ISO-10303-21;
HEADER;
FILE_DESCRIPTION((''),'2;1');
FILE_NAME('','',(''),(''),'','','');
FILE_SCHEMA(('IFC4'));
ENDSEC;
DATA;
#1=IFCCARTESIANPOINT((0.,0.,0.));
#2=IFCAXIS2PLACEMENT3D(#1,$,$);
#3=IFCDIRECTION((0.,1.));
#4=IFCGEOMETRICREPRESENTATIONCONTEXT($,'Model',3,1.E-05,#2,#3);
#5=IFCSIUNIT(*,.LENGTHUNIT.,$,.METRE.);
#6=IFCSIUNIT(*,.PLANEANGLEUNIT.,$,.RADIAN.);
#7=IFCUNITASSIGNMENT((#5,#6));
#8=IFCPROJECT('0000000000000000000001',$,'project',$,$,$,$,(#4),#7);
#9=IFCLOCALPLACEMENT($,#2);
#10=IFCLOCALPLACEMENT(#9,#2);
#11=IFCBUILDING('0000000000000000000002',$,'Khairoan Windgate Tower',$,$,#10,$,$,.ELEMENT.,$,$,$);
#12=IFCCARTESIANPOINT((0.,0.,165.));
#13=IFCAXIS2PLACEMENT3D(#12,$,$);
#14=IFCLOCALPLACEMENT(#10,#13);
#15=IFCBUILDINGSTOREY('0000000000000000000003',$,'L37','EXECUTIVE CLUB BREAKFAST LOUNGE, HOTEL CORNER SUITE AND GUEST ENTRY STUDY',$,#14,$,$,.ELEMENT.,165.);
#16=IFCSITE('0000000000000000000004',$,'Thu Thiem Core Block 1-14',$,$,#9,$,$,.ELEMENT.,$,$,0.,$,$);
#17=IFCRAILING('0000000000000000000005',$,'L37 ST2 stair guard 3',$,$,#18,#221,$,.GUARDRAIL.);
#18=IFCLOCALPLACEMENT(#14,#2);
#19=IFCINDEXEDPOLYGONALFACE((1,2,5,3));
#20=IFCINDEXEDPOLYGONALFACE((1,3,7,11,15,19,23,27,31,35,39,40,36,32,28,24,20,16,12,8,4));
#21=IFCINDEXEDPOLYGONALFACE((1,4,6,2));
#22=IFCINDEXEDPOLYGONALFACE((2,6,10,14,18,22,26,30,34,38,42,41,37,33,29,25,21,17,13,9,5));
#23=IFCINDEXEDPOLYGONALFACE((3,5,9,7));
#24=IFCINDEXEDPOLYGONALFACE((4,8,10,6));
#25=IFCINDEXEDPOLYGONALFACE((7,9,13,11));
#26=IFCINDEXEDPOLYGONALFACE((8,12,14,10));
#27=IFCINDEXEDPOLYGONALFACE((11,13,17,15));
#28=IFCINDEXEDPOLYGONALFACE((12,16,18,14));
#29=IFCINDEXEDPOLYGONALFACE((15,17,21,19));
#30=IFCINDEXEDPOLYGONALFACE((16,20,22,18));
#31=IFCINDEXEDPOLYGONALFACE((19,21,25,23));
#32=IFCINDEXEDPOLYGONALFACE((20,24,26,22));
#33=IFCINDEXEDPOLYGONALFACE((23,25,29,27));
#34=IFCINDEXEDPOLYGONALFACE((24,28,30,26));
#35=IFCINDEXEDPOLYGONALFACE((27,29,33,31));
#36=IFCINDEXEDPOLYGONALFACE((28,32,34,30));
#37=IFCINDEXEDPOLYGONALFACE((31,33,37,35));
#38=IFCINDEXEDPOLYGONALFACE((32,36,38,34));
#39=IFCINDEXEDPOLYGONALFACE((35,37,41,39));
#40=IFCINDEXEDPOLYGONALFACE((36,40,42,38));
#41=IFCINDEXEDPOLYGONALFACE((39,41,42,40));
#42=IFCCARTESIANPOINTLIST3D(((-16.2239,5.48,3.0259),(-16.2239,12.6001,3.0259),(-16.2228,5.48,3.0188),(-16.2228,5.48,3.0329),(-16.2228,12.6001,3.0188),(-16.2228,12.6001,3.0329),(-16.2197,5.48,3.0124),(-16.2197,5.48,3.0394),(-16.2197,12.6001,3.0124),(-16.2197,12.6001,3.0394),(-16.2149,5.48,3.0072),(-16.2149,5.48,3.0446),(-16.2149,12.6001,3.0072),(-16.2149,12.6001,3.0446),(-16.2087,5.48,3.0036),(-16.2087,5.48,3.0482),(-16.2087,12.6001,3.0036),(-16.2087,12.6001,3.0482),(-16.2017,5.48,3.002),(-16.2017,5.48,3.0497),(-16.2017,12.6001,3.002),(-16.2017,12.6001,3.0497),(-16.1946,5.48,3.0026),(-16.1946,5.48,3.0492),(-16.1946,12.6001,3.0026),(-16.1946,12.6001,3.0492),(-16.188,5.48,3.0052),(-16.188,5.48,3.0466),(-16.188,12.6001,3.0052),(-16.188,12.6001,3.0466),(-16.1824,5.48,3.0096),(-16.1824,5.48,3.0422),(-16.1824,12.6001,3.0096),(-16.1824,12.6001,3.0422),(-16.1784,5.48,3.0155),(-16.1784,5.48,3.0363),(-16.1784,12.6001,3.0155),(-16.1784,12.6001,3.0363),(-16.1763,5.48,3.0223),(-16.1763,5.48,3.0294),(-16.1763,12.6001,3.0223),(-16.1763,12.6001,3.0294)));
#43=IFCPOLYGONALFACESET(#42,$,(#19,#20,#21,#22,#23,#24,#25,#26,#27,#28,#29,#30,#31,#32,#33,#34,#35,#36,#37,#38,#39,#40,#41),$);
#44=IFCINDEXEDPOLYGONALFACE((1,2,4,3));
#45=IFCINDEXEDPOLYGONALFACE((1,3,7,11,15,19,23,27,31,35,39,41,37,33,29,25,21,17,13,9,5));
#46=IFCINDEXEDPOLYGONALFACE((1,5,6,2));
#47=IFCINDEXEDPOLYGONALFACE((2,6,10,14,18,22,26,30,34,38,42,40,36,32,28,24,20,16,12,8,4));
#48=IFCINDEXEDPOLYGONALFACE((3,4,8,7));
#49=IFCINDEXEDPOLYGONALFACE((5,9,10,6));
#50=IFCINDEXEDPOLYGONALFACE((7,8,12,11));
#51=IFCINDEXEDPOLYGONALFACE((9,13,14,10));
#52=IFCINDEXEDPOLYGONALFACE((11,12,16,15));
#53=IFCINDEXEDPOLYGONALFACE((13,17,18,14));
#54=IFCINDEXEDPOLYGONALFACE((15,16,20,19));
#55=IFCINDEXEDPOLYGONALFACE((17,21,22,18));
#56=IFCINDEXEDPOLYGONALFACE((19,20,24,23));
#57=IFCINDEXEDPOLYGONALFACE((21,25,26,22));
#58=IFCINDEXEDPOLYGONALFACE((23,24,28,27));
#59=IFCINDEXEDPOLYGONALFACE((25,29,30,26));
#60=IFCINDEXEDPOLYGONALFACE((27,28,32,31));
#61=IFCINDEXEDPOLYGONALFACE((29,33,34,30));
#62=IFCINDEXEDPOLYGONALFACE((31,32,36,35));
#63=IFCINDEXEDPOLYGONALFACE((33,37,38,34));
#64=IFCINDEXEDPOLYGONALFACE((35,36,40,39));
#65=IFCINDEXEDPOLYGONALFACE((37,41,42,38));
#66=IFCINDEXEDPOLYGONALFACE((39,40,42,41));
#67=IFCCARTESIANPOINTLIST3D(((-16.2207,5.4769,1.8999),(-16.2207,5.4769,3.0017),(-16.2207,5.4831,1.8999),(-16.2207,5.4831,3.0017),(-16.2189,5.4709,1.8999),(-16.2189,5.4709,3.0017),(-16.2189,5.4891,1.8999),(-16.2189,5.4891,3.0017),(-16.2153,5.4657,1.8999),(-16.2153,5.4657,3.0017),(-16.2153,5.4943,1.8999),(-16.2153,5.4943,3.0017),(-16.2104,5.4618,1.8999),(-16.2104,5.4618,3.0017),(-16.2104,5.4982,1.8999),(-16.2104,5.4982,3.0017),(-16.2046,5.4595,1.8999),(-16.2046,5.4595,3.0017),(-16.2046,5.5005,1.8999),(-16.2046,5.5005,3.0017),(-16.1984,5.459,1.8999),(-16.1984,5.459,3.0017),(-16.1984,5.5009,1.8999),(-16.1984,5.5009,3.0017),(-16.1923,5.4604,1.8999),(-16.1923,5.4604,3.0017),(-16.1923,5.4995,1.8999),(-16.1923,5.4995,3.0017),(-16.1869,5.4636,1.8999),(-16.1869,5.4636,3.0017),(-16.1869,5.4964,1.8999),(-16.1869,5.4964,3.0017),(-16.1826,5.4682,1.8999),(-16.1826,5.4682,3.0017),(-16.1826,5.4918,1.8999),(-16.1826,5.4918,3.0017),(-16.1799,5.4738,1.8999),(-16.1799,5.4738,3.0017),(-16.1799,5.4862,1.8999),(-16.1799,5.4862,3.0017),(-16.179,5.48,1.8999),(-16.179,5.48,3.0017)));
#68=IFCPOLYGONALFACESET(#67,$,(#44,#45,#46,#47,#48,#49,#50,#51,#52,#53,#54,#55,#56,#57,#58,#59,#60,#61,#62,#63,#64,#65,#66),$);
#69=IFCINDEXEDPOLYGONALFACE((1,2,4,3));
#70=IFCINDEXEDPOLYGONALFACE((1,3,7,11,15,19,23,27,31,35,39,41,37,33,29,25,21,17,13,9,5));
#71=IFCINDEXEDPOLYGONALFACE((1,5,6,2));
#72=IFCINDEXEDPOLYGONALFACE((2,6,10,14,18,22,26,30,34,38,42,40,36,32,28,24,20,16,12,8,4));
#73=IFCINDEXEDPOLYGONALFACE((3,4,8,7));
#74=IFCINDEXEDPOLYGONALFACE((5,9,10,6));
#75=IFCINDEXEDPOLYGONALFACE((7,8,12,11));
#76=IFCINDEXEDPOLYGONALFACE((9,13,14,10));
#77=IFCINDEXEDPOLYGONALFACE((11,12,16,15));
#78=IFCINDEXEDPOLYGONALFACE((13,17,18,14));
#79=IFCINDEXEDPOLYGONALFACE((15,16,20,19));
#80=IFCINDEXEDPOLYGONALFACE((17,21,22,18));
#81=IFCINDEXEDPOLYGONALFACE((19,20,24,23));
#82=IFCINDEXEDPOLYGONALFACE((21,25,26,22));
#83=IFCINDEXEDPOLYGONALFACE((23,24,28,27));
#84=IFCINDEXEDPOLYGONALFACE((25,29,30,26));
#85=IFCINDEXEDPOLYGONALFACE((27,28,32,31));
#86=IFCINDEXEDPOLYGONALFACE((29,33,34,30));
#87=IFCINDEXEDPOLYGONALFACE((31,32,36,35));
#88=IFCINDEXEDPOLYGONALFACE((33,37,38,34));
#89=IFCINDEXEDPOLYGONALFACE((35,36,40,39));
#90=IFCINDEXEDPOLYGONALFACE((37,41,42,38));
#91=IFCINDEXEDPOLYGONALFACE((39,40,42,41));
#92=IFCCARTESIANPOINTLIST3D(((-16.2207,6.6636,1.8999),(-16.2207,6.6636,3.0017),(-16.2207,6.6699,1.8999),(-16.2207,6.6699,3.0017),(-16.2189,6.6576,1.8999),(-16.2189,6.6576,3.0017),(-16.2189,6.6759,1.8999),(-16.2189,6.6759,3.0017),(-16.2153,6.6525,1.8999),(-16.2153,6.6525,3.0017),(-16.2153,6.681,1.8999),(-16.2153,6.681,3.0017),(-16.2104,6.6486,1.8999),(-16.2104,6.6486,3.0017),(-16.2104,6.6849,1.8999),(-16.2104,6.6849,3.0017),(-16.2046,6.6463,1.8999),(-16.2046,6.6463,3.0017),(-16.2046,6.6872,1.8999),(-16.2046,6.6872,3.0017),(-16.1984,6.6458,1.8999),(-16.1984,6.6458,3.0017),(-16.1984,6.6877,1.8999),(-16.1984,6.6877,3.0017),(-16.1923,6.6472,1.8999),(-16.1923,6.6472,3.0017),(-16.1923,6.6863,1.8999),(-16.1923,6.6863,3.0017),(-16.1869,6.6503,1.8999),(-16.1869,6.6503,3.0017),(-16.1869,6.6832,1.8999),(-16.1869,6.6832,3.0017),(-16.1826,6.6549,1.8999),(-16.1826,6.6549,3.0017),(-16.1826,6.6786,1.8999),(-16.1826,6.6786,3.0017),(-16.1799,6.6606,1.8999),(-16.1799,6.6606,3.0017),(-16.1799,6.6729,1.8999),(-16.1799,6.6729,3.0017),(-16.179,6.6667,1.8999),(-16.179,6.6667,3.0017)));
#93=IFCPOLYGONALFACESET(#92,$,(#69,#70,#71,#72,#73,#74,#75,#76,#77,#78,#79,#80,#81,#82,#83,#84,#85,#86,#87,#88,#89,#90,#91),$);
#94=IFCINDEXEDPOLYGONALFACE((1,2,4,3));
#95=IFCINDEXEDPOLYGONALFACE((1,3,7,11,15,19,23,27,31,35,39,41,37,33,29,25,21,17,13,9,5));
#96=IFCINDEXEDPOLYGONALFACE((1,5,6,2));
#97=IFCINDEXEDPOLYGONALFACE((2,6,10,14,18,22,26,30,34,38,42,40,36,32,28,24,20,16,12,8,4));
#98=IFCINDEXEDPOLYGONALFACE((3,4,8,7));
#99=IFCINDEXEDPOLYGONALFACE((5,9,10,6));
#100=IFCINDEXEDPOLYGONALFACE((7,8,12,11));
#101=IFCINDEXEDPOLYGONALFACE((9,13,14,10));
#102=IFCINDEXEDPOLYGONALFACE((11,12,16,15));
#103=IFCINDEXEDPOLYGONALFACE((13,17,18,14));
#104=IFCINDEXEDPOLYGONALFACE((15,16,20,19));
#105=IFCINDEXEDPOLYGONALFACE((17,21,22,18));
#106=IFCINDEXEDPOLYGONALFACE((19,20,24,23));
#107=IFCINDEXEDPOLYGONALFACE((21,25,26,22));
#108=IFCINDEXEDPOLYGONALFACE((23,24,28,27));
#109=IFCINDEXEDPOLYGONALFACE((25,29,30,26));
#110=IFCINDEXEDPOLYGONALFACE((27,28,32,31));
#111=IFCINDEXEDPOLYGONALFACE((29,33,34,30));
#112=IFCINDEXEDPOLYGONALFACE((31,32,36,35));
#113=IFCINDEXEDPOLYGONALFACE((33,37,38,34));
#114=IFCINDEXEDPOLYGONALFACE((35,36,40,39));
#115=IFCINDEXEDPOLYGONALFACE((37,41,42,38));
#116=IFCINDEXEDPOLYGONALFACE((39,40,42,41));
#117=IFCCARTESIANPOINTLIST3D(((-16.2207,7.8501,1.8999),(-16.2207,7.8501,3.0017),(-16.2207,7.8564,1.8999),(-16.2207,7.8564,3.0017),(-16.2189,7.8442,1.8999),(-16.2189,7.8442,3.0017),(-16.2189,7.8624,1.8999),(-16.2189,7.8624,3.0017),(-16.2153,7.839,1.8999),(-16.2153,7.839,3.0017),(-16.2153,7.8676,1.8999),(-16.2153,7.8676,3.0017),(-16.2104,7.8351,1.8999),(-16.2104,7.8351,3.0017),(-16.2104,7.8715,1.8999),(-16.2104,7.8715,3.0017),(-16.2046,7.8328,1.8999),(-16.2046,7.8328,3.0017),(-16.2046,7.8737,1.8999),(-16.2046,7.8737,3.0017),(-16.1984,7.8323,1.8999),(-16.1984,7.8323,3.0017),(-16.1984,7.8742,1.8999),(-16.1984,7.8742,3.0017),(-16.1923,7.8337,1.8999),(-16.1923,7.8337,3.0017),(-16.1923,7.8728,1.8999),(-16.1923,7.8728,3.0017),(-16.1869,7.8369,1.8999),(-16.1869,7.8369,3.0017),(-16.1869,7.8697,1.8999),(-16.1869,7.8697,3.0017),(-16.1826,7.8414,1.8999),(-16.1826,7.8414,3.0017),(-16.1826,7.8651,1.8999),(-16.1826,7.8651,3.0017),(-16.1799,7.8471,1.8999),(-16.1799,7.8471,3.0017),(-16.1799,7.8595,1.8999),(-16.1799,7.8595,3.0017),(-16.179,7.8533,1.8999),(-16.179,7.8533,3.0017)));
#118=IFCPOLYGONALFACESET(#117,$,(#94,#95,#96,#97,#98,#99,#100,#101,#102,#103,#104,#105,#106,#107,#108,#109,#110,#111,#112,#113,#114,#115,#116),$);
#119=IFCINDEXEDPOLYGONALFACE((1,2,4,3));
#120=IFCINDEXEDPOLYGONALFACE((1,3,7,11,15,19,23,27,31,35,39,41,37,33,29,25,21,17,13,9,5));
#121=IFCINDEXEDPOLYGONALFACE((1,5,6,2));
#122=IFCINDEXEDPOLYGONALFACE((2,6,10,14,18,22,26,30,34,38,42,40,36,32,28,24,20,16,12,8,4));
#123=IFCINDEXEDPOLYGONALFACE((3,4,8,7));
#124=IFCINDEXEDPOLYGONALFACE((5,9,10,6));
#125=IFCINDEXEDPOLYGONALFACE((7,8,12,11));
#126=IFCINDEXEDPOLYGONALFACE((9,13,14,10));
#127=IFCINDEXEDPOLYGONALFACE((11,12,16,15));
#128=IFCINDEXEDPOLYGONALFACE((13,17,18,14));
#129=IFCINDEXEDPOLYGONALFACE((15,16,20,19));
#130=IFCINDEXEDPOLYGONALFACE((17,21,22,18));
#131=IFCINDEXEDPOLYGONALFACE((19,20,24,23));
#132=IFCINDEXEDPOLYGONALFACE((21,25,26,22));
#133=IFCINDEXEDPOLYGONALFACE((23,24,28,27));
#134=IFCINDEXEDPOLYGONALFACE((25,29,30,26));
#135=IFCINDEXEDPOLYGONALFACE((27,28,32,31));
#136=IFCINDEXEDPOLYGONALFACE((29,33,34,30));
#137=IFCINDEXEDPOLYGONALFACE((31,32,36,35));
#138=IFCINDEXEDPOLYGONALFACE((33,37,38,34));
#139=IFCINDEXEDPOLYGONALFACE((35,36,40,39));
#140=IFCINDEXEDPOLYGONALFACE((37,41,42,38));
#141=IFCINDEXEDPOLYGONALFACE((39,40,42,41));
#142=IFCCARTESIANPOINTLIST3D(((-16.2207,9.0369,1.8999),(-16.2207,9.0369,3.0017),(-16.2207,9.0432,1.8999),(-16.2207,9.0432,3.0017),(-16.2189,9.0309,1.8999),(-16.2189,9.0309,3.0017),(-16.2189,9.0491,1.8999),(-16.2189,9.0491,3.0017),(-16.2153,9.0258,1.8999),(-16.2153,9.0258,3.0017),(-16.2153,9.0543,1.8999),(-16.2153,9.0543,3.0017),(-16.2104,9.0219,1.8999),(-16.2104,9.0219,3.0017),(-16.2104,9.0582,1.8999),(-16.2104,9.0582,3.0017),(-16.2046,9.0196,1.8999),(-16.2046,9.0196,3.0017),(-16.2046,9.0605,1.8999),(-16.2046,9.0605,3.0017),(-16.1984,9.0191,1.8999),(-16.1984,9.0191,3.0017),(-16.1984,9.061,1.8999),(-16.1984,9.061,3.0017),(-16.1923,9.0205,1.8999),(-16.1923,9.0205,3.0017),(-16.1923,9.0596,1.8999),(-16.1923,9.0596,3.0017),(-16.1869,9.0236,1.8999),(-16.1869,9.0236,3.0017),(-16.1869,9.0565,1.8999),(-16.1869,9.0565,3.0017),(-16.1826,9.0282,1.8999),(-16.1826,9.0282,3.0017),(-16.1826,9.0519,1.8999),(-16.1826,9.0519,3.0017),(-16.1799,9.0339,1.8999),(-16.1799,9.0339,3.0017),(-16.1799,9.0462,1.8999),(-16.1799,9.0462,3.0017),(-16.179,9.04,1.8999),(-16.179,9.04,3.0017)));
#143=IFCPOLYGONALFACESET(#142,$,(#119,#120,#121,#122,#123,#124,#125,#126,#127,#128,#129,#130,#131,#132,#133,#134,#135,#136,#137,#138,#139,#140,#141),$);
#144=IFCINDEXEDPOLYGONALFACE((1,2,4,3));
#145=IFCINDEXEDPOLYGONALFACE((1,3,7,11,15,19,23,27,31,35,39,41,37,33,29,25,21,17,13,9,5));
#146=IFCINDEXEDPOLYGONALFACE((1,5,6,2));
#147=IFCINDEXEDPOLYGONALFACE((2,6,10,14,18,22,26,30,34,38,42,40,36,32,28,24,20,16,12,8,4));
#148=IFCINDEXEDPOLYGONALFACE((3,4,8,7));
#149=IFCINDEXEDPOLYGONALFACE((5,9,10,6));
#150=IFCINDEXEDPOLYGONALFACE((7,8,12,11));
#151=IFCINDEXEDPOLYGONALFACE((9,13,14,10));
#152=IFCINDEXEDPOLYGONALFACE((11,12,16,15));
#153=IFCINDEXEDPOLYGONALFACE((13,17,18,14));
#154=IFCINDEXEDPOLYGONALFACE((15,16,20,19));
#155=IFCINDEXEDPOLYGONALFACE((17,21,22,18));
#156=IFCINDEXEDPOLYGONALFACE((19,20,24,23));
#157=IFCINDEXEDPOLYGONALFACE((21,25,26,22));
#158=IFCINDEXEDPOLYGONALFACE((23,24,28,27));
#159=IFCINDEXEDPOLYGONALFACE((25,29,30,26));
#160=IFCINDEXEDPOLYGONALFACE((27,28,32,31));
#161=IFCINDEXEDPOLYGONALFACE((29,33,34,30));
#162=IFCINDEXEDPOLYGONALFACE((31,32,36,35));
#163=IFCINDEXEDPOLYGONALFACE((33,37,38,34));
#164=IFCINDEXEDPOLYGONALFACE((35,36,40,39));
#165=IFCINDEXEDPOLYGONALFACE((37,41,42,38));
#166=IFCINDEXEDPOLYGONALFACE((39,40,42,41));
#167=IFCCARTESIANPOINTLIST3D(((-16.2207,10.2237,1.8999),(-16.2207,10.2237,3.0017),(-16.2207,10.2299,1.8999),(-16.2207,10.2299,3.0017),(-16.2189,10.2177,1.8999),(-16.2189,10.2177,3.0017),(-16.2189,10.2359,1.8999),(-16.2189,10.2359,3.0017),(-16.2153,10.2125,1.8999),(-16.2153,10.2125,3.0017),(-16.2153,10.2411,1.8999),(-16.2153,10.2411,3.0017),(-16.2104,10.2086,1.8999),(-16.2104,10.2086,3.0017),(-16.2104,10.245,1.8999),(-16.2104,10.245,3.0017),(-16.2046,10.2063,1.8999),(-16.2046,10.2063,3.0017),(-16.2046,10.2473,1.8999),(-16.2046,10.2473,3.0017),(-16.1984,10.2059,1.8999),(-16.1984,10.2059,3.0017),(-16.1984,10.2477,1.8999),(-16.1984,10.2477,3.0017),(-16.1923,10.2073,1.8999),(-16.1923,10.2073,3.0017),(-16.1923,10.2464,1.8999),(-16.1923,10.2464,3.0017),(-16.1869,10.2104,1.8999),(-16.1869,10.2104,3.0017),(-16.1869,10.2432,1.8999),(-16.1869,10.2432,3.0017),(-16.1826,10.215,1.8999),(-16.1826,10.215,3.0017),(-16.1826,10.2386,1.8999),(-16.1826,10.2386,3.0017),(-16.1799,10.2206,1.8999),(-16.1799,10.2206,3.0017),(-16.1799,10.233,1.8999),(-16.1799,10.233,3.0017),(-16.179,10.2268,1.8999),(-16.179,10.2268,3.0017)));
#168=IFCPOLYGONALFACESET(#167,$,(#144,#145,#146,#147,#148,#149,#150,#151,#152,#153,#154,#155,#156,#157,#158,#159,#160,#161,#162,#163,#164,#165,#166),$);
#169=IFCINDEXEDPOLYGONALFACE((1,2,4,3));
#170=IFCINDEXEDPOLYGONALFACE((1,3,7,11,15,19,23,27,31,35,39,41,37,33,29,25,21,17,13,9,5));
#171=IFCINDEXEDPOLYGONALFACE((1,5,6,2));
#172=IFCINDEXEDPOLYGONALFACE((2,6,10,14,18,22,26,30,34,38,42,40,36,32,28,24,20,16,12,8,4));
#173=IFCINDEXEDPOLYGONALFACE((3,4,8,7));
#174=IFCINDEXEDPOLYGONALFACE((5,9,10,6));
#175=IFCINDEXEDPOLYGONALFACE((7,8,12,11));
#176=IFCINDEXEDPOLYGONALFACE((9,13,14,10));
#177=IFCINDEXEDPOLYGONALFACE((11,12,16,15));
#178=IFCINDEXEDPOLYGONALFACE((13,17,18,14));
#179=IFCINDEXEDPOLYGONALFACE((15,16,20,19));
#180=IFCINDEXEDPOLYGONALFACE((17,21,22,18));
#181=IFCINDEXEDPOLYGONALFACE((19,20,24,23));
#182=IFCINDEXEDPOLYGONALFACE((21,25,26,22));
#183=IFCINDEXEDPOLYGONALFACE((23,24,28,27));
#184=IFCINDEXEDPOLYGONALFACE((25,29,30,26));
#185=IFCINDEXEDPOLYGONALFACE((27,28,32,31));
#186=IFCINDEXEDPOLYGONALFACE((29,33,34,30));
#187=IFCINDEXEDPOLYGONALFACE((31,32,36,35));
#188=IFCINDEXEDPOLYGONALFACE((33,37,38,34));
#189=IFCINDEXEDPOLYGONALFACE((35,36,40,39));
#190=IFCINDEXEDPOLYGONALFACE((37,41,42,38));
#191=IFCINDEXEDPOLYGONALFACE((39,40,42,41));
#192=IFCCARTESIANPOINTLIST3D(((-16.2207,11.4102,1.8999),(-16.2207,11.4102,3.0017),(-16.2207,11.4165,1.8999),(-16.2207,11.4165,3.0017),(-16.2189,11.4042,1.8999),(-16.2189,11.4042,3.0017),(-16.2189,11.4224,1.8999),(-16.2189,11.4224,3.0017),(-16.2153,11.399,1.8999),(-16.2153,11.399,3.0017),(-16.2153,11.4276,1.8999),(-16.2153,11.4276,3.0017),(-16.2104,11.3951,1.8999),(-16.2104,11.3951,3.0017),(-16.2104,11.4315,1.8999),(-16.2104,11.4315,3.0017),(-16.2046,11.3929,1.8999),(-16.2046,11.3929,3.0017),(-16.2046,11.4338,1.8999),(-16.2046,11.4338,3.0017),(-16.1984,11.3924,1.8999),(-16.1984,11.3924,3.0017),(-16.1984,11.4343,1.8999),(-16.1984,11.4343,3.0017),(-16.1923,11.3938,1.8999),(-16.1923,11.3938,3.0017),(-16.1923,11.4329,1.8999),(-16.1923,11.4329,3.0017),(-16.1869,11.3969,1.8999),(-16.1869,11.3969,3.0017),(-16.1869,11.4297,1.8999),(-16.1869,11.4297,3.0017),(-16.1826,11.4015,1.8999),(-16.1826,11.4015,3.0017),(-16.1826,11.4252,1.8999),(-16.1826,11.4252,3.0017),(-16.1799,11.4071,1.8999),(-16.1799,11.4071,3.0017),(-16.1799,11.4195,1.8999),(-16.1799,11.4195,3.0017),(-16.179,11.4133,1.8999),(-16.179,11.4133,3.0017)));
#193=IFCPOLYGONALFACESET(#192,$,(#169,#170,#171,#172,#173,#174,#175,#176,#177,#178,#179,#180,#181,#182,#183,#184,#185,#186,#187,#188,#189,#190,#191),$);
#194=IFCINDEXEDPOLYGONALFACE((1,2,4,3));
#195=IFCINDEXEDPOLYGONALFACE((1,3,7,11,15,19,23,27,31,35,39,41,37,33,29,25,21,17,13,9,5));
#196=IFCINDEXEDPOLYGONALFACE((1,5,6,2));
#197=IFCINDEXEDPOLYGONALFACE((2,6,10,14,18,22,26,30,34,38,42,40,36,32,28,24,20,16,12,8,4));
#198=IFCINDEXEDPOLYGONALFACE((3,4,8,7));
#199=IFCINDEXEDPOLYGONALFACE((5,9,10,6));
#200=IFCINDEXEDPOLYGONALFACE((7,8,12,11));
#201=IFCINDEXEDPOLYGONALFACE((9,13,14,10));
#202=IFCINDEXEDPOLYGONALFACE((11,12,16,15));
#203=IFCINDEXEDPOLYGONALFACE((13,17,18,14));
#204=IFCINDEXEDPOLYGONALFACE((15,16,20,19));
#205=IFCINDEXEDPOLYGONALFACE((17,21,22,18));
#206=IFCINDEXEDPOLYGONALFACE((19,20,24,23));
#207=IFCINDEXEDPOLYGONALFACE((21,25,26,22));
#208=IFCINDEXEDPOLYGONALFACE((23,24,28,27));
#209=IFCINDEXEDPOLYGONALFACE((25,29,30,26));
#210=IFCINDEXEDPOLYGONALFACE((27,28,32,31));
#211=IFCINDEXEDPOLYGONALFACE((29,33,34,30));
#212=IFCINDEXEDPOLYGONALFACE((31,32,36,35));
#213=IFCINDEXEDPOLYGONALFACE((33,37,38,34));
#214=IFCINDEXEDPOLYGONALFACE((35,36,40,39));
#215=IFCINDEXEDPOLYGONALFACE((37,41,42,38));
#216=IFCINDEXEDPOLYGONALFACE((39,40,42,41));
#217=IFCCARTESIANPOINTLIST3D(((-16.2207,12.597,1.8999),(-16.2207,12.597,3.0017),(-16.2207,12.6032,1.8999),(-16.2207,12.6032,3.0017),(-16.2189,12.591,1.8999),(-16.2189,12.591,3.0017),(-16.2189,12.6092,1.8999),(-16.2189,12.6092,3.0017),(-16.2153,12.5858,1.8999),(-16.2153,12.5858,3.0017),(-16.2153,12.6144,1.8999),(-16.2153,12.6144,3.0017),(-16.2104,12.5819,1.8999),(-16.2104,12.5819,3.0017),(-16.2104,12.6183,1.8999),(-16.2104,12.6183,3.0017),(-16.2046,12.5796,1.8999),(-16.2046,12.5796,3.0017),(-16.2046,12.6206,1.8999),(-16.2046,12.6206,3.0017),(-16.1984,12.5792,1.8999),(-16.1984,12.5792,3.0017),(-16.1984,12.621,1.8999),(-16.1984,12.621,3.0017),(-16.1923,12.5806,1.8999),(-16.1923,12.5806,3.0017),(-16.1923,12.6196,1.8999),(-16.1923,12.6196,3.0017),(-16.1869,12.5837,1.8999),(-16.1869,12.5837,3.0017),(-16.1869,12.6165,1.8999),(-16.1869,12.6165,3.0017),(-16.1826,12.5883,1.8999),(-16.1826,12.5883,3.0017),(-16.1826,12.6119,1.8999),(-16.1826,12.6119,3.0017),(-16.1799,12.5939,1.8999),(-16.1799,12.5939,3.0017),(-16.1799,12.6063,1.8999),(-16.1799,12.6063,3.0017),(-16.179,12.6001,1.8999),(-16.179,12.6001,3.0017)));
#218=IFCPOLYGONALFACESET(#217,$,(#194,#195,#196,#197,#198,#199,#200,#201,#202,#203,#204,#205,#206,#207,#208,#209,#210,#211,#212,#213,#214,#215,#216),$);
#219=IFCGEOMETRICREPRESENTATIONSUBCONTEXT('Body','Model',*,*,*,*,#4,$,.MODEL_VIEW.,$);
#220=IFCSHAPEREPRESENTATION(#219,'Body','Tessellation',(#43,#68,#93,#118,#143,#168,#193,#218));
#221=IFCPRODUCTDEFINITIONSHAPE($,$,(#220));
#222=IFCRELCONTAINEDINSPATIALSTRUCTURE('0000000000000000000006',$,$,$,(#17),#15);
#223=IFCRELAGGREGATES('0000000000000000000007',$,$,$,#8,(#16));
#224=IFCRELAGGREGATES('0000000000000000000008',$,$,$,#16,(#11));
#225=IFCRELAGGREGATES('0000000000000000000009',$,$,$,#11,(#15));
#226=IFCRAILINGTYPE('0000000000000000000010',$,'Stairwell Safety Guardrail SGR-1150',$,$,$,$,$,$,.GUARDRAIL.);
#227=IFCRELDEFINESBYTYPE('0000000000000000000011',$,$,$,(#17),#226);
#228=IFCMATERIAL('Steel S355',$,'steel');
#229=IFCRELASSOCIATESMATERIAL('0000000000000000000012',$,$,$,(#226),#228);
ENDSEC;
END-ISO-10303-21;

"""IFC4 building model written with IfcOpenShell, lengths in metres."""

from ifc_helpers import new_model, si_unit, direction, frame, origin, origin_2d, place, context, subcontext, project, spatial, circle, extrude, material, type_object, element, save


model = new_model("IFC4")

# Units and contexts
model_context = context("Model", 3, precision=1e-05, world=origin(), true_north=direction((0.0, 1.0)))
body_context = subcontext(model_context, "Body", "Model", "MODEL_VIEW")
ifc_project = project(units=[si_unit("LENGTHUNIT", "METRE"), si_unit("PLANEANGLEUNIT", "RADIAN")], contexts=[model_context])

# Site, building, storey
site_placement = place(None, origin())
site = spatial("IfcSite", under=ifc_project, at=site_placement, Name="Thu Thiem Core Block 1-14", CompositionType="ELEMENT", RefElevation=0.0)
building_placement = place(site_placement, origin())
building = spatial("IfcBuilding", under=site, at=building_placement, Name="Khairoan Windgate Tower", CompositionType="ELEMENT")
storey_placement = place(building_placement, frame((0.0, 0.0, 165.0)))
storey = spatial("IfcBuildingStorey", under=building, at=storey_placement, Name="L37", Description="EXECUTIVE CLUB BREAKFAST LOUNGE, HOTEL CORNER SUITE AND GUEST ENTRY STUDY", CompositionType="ELEMENT", Elevation=165.0)

# Railing
ifc_material_1 = material(Name="Steel S355", Category="steel")
railing_type_1 = type_object("IfcRailingType", Name="Stairwell Safety Guardrail SGR-1150", PredefinedType="GUARDRAIL", material=ifc_material_1)
railing_1_placement = place(storey_placement, frame((-16.2, 5.48, 1.8999)))
element("IfcRailing", 1, at=railing_1_placement, inside=storey, type_object=railing_type_1, Name="L37 ST2 stair guard 3", PredefinedType="GUARDRAIL", context=body_context, shape_type="SweptSolid", body=[
    extrude(circle(Radius=0.0239, at=origin_2d()), frame((0.0, 0.0, 1.126), z_axis=(0.0, 1.0, 0.0), x_axis=(-1.0, 0.0, 0.0)), (0.0, 0.0, 1.0), 7.1201),
    extrude(circle(Radius=0.021, at=origin_2d()), origin(), (0.0, 0.0, 1.0), 1.1018),
    extrude(circle(Radius=0.021, at=origin_2d()), frame((0.0, 1.1868, 0.0)), (0.0, 0.0, 1.0), 1.1018),
    extrude(circle(Radius=0.021, at=origin_2d()), frame((0.0, 2.3733, 0.0)), (0.0, 0.0, 1.0), 1.1018),
    extrude(circle(Radius=0.021, at=origin_2d()), frame((0.0, 3.5601, 0.0)), (0.0, 0.0, 1.0), 1.1018),
    extrude(circle(Radius=0.021, at=origin_2d()), frame((0.0, 4.7468, 0.0)), (0.0, 0.0, 1.0), 1.1018),
    extrude(circle(Radius=0.021, at=origin_2d()), frame((0.0, 5.9333, 0.0)), (0.0, 0.0, 1.0), 1.1018),
    extrude(circle(Radius=0.021, at=origin_2d()), frame((0.0, 7.1201, 0.0)), (0.0, 0.0, 1.0), 1.1018),
])

save(model, "model.ifc")
